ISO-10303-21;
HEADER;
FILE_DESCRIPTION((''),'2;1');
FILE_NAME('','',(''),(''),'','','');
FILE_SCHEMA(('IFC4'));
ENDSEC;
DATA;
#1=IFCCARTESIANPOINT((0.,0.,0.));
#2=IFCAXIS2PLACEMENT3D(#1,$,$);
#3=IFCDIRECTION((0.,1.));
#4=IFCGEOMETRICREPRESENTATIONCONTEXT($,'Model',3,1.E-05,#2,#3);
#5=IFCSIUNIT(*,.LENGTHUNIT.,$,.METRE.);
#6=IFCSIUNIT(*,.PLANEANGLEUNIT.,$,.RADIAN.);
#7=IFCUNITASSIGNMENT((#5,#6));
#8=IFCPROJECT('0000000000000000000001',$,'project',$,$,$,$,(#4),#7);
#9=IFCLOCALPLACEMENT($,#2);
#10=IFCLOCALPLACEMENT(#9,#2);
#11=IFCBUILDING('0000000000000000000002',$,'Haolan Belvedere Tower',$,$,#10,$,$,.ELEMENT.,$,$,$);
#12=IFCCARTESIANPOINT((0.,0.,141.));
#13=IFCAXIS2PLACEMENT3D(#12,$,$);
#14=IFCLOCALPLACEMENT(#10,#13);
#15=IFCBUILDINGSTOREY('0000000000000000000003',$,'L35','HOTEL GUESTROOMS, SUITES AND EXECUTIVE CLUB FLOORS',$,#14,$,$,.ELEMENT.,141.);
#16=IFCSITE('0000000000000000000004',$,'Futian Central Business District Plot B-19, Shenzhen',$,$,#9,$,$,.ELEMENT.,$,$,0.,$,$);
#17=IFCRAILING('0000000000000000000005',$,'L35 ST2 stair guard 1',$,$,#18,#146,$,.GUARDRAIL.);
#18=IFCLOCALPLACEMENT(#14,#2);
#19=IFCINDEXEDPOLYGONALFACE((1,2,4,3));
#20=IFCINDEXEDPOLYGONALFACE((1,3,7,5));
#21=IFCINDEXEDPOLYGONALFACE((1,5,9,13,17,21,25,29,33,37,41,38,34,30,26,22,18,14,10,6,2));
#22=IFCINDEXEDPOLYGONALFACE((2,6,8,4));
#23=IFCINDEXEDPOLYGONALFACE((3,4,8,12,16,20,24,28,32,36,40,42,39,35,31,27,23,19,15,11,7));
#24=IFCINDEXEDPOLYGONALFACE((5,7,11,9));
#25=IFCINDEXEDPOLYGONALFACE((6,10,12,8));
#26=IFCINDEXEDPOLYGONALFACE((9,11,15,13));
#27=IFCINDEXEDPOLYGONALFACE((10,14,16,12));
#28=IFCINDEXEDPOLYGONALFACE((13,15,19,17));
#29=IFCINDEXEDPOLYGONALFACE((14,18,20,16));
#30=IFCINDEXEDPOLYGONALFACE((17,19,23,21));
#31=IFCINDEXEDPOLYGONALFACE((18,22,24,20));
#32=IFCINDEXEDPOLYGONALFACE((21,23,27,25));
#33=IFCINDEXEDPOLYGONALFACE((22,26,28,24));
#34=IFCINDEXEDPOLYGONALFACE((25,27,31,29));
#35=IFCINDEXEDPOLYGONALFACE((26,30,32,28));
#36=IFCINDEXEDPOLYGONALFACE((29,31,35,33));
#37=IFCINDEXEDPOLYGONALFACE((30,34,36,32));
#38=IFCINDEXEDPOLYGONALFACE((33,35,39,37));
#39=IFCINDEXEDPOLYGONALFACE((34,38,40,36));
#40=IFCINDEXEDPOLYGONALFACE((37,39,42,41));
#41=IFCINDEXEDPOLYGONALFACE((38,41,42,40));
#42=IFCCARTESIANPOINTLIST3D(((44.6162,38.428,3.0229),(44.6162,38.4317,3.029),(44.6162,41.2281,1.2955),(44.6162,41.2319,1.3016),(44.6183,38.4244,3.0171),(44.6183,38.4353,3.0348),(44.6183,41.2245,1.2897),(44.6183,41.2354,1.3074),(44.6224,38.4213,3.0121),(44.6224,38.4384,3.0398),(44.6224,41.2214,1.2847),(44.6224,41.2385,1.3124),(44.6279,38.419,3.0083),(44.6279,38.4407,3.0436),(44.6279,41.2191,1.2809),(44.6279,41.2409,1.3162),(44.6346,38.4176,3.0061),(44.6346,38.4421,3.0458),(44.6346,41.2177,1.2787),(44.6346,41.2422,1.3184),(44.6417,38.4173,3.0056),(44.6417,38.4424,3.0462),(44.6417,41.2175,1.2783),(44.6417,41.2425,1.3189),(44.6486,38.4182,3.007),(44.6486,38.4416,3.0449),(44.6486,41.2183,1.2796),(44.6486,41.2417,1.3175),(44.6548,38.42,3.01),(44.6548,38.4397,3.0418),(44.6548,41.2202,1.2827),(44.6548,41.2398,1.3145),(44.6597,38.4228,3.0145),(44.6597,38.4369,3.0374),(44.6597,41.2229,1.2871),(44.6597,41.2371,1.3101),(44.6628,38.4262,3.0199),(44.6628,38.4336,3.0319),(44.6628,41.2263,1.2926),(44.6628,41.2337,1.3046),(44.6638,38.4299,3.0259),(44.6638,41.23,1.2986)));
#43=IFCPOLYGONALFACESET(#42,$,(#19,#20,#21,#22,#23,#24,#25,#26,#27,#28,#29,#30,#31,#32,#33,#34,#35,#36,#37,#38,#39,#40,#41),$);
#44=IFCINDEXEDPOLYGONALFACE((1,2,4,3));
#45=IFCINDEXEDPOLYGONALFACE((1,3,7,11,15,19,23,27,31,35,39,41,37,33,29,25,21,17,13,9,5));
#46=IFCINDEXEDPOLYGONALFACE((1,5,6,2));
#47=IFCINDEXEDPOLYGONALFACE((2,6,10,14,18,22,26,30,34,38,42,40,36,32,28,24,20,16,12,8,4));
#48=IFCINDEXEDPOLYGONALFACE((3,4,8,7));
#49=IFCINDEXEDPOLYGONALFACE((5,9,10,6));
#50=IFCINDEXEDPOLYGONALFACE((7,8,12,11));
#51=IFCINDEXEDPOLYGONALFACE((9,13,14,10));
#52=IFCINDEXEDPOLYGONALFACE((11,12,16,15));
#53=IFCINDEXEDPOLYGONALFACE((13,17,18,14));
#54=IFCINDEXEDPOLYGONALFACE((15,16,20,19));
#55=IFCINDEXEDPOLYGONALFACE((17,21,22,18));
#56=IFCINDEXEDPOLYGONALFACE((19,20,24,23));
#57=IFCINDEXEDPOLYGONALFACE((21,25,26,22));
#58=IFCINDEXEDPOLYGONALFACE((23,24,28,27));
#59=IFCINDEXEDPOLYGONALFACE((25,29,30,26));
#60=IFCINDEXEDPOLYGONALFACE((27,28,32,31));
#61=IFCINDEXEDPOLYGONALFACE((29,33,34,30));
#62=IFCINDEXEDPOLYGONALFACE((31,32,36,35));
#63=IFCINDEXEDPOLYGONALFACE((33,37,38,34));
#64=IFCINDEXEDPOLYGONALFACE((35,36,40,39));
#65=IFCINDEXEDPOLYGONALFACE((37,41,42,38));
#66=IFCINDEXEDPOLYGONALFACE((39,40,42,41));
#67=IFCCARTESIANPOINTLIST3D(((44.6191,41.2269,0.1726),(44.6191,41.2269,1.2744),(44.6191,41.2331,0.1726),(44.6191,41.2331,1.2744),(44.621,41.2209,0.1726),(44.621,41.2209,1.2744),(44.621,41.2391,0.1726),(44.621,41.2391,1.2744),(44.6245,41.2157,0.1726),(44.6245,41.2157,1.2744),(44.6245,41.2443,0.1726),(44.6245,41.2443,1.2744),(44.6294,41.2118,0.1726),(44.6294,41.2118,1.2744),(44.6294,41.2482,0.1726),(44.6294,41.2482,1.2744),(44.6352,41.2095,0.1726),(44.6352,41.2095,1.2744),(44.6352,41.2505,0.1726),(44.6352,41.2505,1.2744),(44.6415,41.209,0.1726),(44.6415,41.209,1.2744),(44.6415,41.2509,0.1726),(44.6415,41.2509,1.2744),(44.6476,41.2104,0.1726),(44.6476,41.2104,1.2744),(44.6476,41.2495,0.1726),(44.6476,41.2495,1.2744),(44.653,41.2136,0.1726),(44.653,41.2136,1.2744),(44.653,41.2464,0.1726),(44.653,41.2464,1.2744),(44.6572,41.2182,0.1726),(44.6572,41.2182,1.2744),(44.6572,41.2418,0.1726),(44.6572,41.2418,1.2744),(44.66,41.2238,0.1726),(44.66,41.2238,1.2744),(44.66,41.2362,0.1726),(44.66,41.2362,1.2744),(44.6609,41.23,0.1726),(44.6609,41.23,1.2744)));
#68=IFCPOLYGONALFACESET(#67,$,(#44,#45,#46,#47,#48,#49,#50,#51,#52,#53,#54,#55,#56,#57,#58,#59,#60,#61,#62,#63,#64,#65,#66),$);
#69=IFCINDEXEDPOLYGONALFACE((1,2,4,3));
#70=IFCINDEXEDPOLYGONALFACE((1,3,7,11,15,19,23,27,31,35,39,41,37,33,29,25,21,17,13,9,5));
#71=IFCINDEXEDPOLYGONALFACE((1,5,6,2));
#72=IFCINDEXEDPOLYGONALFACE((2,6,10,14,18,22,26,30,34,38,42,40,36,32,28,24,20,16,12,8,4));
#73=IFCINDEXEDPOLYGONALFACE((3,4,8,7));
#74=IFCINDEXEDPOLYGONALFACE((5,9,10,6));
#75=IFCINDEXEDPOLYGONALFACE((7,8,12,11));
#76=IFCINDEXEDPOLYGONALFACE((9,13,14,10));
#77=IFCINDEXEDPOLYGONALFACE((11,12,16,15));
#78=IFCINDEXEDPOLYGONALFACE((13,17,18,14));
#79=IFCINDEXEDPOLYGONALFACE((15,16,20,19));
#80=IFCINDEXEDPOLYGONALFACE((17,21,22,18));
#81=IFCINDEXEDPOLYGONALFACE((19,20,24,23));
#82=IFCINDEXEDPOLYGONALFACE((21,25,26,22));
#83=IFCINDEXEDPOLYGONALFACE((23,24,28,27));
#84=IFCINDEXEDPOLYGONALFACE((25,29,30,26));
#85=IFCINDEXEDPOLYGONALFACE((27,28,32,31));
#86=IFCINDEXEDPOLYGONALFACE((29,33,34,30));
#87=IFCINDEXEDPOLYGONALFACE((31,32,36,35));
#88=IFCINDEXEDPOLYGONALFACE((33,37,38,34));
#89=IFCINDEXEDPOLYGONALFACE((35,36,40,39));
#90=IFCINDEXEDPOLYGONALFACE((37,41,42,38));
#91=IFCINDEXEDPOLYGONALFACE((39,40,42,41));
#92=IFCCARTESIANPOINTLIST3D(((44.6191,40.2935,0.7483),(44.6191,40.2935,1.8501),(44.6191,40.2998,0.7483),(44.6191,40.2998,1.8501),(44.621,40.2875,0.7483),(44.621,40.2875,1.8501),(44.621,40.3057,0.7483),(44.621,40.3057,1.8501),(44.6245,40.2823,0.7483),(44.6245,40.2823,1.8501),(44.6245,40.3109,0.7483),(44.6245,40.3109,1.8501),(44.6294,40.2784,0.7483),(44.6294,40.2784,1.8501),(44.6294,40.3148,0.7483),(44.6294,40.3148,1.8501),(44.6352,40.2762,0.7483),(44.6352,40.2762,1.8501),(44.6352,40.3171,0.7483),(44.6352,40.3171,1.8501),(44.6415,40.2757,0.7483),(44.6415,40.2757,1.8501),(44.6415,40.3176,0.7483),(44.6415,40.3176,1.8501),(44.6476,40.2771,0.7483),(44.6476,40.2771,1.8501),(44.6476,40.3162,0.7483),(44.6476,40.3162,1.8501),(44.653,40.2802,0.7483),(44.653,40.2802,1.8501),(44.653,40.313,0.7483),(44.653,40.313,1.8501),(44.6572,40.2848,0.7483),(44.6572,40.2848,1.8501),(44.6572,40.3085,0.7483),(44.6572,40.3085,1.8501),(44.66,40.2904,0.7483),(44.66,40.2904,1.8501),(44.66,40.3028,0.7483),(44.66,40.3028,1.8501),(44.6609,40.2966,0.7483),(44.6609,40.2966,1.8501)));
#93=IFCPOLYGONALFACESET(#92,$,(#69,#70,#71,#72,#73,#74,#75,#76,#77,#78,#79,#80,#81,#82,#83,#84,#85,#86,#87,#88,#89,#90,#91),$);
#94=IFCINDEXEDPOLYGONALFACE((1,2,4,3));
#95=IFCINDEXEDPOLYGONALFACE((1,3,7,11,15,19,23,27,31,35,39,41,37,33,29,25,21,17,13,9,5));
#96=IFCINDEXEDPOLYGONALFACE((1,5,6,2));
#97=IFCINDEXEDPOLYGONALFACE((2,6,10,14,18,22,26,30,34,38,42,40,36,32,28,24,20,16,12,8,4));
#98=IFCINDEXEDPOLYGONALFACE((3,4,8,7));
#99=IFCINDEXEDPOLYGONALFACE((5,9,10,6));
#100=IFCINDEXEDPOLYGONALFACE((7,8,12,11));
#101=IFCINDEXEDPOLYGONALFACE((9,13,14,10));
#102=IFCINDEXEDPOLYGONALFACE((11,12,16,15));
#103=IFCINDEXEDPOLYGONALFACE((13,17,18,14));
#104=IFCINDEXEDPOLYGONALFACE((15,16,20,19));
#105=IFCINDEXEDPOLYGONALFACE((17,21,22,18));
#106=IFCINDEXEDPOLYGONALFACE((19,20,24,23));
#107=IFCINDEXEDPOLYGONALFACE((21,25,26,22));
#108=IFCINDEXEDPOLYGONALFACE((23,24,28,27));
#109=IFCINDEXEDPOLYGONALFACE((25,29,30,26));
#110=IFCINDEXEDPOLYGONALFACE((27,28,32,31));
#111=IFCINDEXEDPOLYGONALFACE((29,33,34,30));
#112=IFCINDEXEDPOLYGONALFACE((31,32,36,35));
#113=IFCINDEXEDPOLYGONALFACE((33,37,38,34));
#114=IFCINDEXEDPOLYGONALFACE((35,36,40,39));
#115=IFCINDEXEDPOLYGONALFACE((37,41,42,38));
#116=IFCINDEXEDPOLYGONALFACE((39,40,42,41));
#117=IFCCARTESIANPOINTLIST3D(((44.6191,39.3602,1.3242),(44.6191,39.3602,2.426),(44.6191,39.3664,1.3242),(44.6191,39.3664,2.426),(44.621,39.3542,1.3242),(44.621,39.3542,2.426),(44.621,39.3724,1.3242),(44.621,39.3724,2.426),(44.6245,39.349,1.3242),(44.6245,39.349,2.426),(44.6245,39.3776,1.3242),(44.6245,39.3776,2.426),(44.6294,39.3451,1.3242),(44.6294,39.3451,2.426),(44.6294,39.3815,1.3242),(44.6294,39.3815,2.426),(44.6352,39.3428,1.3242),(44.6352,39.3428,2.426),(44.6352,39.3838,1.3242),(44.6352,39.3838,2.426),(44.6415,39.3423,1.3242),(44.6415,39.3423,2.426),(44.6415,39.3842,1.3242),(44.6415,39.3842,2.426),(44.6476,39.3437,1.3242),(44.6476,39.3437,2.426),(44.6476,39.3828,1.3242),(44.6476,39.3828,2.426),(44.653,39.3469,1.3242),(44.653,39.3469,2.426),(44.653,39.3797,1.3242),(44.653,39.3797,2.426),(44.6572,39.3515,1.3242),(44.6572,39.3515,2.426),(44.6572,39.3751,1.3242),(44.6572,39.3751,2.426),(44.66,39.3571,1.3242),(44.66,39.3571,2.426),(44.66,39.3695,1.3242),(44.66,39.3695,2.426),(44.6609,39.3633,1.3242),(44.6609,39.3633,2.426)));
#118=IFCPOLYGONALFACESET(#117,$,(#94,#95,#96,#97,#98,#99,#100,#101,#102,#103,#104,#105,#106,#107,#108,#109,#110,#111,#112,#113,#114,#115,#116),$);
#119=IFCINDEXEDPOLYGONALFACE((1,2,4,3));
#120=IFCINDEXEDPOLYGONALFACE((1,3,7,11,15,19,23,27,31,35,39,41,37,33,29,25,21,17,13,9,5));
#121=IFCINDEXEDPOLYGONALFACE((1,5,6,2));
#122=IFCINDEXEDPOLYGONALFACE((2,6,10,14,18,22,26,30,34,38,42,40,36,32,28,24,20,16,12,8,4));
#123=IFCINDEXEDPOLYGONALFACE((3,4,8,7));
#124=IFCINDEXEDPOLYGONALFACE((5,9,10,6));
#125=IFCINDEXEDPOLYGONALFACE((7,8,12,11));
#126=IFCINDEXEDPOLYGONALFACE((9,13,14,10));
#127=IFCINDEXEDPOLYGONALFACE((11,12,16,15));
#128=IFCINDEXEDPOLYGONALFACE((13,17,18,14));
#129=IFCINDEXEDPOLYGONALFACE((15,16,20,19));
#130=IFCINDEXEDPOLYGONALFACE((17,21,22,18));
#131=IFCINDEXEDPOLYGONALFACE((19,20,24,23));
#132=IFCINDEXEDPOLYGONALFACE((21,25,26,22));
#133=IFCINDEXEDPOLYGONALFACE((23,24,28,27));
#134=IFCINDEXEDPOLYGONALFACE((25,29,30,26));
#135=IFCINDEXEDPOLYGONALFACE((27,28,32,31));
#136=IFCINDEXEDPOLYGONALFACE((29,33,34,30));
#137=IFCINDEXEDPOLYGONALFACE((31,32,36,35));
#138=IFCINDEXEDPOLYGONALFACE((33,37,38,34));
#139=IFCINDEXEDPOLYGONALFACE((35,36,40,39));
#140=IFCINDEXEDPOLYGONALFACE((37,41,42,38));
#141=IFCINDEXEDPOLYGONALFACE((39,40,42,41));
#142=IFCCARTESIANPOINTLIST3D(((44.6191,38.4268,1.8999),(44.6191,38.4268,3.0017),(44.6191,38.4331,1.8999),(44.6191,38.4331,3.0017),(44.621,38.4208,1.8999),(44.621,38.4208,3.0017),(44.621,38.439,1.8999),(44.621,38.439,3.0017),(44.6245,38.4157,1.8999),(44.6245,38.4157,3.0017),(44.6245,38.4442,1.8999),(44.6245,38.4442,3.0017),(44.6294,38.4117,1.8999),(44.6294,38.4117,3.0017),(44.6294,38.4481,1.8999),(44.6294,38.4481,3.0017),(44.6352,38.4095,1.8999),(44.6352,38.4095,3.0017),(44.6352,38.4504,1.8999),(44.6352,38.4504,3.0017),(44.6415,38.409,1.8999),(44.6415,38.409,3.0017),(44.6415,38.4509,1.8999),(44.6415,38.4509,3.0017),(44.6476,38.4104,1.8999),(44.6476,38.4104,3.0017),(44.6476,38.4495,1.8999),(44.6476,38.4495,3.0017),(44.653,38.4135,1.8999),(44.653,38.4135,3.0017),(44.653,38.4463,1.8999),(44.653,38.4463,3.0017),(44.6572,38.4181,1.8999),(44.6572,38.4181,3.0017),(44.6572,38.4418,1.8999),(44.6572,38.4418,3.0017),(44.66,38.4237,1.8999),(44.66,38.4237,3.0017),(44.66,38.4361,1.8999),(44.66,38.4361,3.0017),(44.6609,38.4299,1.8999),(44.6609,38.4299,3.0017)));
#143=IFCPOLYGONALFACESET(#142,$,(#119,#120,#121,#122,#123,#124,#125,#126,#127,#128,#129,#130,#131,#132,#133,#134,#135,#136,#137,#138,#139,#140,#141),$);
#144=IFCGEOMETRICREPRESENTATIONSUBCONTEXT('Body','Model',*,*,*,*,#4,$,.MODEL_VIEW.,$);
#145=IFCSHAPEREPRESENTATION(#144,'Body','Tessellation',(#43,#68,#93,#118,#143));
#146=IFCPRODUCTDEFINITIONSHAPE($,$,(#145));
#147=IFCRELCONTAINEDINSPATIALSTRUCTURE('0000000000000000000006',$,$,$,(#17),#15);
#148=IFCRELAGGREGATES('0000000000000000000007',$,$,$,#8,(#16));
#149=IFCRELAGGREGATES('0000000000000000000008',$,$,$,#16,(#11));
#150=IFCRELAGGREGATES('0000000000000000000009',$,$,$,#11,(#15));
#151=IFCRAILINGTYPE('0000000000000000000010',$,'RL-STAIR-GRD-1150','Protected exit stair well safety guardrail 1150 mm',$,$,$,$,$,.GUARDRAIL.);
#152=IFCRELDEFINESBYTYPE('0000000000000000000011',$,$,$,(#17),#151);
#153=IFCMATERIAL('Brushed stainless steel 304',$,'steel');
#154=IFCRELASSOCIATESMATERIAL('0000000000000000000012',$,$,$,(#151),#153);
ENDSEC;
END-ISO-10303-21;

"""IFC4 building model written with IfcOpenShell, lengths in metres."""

from ifc_helpers import new_model, si_unit, direction, frame, origin, origin_2d, place, context, subcontext, project, spatial, circle, extrude, material, type_object, element, save


model = new_model("IFC4")

# Units and contexts
model_context = context("Model", 3, precision=1e-05, world=origin(), true_north=direction((0.0, 1.0)))
body_context = subcontext(model_context, "Body", "Model", "MODEL_VIEW")
ifc_project = project(units=[si_unit("LENGTHUNIT", "METRE"), si_unit("PLANEANGLEUNIT", "RADIAN")], contexts=[model_context])

# Site, building, storey
site_placement = place(None, origin())
site = spatial("IfcSite", under=ifc_project, at=site_placement, Name="Futian Central Business District Plot B-19, Shenzhen", CompositionType="ELEMENT", RefElevation=0.0)
building_placement = place(site_placement, origin())
building = spatial("IfcBuilding", under=site, at=building_placement, Name="Haolan Belvedere Tower", CompositionType="ELEMENT")
storey_placement = place(building_placement, frame((0.0, 0.0, 141.0)))
storey = spatial("IfcBuildingStorey", under=building, at=storey_placement, Name="L35", Description="HOTEL GUESTROOMS, SUITES AND EXECUTIVE CLUB FLOORS", CompositionType="ELEMENT", Elevation=141.0)

# Railing
ifc_material_1 = material(Name="Brushed stainless steel 304", Category="steel")
railing_type_1 = type_object("IfcRailingType", Name="RL-STAIR-GRD-1150", Description="Protected exit stair well safety guardrail 1150 mm", PredefinedType="GUARDRAIL", material=ifc_material_1)
railing_1_placement = place(storey_placement, frame((44.6399, 41.23, 0.1726)))
element("IfcRailing", 1, at=railing_1_placement, inside=storey, type_object=railing_type_1, Name="L35 ST2 stair guard 1", PredefinedType="GUARDRAIL", context=body_context, shape_type="SweptSolid", body=[
    extrude(circle(Radius=0.0239, at=origin_2d()), frame((0.0, 0.0, 1.126), z_axis=(0.0, -0.85109, 0.52502), x_axis=(1.0, 0.0, 0.0)), (0.0, 0.0, 1.0), 3.29),
    extrude(circle(Radius=0.021, at=origin_2d()), origin(), (0.0, 0.0, 1.0), 1.1018),
    extrude(circle(Radius=0.021, at=origin_2d()), frame((0.0, -0.9333, 0.5757)), (0.0, 0.0, 1.0), 1.1018),
    extrude(circle(Radius=0.021, at=origin_2d()), frame((0.0, -1.8667, 1.1516)), (0.0, 0.0, 1.0), 1.1018),
    extrude(circle(Radius=0.021, at=origin_2d()), frame((0.0, -2.8, 1.7273)), (0.0, 0.0, 1.0), 1.1018),
])

save(model, "model.ifc")
